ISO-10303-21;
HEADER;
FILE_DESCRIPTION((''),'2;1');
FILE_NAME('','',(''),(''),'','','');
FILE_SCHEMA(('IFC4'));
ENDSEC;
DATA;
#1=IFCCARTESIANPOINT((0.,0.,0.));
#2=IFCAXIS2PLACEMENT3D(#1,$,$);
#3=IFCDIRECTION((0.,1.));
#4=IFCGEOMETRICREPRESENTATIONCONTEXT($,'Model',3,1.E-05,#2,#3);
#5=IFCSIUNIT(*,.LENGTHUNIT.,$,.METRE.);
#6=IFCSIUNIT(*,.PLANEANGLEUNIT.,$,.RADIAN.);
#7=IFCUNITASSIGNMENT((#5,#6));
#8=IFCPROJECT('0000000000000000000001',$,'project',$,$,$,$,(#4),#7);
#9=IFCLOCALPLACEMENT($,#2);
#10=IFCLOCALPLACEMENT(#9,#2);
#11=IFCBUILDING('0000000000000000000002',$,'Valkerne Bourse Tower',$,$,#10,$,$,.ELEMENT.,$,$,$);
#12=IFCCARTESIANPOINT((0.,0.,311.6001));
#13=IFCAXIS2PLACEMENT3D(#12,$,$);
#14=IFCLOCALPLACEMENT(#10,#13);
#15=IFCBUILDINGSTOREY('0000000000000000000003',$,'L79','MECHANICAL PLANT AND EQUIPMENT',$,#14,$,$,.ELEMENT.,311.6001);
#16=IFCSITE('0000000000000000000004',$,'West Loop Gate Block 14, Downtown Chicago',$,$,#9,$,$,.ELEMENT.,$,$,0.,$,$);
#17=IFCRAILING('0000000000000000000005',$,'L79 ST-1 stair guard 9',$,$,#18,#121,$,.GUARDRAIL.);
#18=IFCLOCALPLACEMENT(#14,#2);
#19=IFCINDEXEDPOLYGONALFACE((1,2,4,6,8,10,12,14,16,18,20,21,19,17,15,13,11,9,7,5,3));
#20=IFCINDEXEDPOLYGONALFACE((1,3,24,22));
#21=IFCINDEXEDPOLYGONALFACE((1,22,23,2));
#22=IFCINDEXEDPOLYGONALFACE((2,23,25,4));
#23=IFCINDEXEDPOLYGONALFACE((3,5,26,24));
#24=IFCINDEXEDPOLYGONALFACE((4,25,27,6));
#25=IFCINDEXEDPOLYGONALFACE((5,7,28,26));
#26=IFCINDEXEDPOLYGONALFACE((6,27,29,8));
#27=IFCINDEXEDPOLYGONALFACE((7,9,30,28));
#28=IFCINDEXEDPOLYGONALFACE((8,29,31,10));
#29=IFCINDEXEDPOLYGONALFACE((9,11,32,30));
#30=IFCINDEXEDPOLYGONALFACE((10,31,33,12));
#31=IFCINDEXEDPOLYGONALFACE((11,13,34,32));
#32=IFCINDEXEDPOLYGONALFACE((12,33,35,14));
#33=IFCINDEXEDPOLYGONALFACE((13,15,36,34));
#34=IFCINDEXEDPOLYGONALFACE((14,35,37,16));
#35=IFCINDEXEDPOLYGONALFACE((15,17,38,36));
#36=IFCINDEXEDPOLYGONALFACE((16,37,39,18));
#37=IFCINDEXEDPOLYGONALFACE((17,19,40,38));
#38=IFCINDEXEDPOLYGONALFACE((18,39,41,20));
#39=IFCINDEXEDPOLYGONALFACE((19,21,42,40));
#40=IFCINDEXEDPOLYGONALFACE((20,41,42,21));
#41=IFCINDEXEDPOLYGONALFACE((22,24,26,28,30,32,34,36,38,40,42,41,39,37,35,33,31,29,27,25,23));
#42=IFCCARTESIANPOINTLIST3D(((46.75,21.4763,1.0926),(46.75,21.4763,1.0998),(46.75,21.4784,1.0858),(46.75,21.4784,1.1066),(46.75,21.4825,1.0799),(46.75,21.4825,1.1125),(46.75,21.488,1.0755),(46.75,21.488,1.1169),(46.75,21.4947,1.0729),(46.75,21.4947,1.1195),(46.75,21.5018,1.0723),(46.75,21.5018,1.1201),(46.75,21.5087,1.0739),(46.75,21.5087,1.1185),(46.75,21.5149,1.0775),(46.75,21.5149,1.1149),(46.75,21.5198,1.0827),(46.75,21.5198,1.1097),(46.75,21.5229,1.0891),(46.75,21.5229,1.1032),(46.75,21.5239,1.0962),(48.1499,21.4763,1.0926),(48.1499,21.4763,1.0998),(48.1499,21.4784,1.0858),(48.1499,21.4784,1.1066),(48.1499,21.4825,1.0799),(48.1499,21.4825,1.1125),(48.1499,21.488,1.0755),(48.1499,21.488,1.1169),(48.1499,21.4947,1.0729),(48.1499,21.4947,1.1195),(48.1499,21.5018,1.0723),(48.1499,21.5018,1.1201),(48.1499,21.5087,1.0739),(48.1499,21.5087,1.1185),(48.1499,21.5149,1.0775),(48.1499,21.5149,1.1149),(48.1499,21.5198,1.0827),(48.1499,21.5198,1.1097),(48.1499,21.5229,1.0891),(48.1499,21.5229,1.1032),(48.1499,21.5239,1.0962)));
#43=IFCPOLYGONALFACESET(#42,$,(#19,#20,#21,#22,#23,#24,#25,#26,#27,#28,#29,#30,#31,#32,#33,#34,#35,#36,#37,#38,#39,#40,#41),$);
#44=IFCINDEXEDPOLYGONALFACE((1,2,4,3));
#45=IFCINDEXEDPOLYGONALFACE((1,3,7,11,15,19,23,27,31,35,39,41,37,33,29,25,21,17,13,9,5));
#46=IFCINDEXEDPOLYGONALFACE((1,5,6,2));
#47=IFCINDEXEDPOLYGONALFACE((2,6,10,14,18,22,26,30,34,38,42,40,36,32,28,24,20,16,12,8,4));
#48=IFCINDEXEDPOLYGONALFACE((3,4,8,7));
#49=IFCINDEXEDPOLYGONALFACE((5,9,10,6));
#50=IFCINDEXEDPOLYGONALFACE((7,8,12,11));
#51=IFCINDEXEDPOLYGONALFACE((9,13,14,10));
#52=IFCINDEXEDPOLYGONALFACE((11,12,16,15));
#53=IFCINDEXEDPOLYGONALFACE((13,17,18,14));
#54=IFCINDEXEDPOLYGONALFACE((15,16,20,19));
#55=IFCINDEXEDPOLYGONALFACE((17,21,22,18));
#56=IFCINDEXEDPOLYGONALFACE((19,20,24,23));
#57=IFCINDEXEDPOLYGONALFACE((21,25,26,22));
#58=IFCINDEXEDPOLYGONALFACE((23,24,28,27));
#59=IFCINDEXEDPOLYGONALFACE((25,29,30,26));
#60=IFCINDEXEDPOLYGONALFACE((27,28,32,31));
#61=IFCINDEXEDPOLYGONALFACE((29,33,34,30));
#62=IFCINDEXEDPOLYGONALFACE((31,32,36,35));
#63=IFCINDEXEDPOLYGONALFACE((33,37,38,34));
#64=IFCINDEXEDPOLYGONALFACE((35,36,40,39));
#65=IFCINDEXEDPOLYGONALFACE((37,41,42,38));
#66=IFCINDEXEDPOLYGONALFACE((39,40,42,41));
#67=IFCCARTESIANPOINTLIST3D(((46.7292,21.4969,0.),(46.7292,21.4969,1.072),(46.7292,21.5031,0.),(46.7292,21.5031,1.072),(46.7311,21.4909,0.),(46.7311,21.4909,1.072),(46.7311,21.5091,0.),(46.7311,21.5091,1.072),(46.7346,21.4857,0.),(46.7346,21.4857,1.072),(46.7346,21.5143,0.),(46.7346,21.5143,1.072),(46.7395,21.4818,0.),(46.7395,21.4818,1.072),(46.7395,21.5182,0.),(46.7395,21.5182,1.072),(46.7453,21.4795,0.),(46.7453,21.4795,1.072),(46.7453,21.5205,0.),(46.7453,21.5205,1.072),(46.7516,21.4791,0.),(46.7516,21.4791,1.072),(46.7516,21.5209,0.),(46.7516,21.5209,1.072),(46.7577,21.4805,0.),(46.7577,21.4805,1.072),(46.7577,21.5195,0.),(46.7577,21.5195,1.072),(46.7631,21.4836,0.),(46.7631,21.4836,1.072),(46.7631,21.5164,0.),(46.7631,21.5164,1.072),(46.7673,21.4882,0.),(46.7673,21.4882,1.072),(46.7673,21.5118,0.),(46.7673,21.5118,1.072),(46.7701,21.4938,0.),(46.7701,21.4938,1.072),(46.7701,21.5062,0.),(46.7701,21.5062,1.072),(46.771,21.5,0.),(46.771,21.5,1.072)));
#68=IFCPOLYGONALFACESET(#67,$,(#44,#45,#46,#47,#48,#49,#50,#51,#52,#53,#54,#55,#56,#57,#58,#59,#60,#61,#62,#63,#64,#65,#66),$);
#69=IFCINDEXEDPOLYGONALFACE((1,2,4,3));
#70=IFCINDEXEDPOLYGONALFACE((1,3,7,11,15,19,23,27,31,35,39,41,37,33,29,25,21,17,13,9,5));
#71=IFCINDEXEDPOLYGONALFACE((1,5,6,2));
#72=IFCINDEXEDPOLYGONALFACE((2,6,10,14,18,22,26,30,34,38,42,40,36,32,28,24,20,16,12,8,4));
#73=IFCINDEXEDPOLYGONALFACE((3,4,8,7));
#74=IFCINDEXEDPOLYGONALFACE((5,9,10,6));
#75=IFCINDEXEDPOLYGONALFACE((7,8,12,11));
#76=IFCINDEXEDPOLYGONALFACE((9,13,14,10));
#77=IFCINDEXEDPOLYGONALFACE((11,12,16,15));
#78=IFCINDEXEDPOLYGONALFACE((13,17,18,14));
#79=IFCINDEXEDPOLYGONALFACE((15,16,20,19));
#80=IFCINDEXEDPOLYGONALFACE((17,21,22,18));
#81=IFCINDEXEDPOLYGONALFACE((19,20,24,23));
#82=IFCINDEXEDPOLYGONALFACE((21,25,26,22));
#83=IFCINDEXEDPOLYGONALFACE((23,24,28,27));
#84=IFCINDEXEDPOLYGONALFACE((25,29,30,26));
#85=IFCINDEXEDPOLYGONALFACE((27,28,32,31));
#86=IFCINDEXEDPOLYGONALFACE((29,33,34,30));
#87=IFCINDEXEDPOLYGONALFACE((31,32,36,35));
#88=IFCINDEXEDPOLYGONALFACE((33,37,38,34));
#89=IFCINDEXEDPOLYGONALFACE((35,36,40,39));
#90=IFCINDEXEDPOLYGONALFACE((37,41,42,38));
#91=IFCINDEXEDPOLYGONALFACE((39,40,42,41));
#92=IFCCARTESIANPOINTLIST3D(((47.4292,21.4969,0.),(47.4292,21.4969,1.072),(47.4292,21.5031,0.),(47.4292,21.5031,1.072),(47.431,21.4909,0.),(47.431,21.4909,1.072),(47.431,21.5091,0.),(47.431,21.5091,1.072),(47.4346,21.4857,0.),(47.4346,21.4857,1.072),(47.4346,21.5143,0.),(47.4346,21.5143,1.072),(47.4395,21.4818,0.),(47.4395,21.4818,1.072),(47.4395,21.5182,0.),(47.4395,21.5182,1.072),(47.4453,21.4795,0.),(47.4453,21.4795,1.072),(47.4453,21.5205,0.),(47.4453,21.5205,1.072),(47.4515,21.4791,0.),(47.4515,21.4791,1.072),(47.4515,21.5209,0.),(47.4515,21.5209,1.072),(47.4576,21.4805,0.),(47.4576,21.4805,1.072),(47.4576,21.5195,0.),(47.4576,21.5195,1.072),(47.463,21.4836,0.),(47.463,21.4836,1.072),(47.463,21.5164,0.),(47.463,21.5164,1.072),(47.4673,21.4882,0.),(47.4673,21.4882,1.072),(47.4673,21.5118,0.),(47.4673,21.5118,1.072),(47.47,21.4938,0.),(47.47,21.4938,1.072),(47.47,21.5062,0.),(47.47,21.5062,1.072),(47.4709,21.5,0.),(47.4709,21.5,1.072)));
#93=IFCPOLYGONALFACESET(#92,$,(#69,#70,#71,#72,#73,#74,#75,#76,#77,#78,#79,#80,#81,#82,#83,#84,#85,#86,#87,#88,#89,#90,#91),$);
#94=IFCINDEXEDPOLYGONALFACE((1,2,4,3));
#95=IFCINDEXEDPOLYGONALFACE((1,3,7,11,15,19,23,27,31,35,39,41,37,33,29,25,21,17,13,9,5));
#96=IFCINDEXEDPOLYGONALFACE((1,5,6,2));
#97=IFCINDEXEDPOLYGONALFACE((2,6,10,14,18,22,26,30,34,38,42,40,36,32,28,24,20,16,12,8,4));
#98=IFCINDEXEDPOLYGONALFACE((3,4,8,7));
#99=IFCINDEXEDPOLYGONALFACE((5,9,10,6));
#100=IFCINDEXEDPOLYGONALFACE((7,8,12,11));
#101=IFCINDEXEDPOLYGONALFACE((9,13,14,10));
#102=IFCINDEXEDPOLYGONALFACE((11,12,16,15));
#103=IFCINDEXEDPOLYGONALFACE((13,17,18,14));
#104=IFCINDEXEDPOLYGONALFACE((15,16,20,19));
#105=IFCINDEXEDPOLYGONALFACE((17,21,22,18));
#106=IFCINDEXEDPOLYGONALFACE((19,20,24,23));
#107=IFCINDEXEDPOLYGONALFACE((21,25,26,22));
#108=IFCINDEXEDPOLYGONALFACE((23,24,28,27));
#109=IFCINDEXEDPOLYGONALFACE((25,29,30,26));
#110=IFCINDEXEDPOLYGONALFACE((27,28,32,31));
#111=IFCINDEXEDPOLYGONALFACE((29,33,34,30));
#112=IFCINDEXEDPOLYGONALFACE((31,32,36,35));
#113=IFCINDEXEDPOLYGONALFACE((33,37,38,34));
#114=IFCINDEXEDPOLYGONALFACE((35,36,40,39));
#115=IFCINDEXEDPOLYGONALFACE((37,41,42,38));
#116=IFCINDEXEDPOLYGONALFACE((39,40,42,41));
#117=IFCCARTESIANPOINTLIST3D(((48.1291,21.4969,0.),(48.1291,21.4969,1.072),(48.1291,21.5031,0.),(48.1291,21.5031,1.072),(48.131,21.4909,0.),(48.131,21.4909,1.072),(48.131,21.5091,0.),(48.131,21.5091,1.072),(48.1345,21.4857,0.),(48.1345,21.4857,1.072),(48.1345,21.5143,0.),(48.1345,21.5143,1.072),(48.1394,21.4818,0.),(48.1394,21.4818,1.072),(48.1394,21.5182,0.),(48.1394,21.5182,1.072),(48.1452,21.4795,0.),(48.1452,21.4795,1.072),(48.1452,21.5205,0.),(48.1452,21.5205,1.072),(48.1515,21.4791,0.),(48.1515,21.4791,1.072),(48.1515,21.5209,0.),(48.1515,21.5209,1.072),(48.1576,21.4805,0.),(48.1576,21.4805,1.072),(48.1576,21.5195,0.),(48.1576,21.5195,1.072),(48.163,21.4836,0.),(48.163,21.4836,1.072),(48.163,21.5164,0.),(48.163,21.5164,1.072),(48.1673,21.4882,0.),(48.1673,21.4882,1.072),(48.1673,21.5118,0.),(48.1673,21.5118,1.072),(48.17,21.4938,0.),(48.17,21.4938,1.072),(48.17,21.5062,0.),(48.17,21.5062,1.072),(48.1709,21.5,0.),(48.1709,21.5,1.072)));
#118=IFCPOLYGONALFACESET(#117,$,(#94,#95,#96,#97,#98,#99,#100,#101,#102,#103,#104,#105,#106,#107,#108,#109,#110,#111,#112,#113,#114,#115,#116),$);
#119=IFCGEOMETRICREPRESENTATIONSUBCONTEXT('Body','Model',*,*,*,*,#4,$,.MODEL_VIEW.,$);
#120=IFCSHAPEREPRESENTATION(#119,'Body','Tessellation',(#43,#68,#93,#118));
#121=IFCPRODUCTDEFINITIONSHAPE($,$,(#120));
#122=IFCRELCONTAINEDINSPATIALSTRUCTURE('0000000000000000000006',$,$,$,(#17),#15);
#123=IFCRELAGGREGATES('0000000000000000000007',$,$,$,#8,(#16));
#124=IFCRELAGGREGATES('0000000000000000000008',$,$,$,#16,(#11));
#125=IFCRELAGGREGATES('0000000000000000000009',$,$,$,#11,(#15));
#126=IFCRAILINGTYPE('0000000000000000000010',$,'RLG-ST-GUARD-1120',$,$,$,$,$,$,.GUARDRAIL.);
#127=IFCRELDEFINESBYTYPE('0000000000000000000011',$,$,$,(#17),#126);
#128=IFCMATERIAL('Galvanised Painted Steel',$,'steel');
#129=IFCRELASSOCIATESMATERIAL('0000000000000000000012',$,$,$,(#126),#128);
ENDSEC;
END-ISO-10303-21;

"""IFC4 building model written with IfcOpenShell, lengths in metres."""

from ifc_helpers import new_model, si_unit, direction, frame, origin, origin_2d, place, context, subcontext, project, spatial, circle, extrude, material, type_object, element, save


model = new_model("IFC4")

# Units and contexts
model_context = context("Model", 3, precision=1e-05, world=origin(), true_north=direction((0.0, 1.0)))
body_context = subcontext(model_context, "Body", "Model", "MODEL_VIEW")
ifc_project = project(units=[si_unit("LENGTHUNIT", "METRE"), si_unit("PLANEANGLEUNIT", "RADIAN")], contexts=[model_context])

# Site, building, storey
site_placement = place(None, origin())
site = spatial("IfcSite", under=ifc_project, at=site_placement, Name="West Loop Gate Block 14, Downtown Chicago", CompositionType="ELEMENT", RefElevation=0.0)
building_placement = place(site_placement, origin())
building = spatial("IfcBuilding", under=site, at=building_placement, Name="Valkerne Bourse Tower", CompositionType="ELEMENT")
storey_placement = place(building_placement, frame((0.0, 0.0, 311.6001)))
storey = spatial("IfcBuildingStorey", under=building, at=storey_placement, Name="L79", Description="MECHANICAL PLANT AND EQUIPMENT", CompositionType="ELEMENT", Elevation=311.6001)

# Shared definitions
ifc_material_1 = material(Name="Galvanised Painted Steel", Category="steel")

# Railing
railing_type_1 = type_object("IfcRailingType", Name="RLG-ST-GUARD-1120", PredefinedType="GUARDRAIL", material=ifc_material_1)
for number, where, name in (
    (1, (46.75, 21.5, 0.0), "L79 ST-1 stair guard 9"),
):
    element("IfcRailing", number, at=place(storey_placement, frame(where)), inside=storey, type_object=railing_type_1, Name=name, PredefinedType="GUARDRAIL", context=body_context, shape_type="SweptSolid", body=[
        extrude(circle(Radius=0.0239, at=origin_2d()), frame((0.0, 0.0, 1.0962), z_axis=(1.0, 0.0, 0.0), x_axis=(0.0, 1.0, 0.0)), (0.0, 0.0, 1.0), 1.3999),
        extrude(circle(Radius=0.021, at=origin_2d()), origin(), (0.0, 0.0, 1.0), 1.072),
        extrude(circle(Radius=0.021, at=origin_2d()), frame((0.7, 0.0, 0.0)), (0.0, 0.0, 1.0), 1.072),
        extrude(circle(Radius=0.021, at=origin_2d()), frame((1.3999, 0.0, 0.0)), (0.0, 0.0, 1.0), 1.072),
    ])

save(model, "model.ifc")
